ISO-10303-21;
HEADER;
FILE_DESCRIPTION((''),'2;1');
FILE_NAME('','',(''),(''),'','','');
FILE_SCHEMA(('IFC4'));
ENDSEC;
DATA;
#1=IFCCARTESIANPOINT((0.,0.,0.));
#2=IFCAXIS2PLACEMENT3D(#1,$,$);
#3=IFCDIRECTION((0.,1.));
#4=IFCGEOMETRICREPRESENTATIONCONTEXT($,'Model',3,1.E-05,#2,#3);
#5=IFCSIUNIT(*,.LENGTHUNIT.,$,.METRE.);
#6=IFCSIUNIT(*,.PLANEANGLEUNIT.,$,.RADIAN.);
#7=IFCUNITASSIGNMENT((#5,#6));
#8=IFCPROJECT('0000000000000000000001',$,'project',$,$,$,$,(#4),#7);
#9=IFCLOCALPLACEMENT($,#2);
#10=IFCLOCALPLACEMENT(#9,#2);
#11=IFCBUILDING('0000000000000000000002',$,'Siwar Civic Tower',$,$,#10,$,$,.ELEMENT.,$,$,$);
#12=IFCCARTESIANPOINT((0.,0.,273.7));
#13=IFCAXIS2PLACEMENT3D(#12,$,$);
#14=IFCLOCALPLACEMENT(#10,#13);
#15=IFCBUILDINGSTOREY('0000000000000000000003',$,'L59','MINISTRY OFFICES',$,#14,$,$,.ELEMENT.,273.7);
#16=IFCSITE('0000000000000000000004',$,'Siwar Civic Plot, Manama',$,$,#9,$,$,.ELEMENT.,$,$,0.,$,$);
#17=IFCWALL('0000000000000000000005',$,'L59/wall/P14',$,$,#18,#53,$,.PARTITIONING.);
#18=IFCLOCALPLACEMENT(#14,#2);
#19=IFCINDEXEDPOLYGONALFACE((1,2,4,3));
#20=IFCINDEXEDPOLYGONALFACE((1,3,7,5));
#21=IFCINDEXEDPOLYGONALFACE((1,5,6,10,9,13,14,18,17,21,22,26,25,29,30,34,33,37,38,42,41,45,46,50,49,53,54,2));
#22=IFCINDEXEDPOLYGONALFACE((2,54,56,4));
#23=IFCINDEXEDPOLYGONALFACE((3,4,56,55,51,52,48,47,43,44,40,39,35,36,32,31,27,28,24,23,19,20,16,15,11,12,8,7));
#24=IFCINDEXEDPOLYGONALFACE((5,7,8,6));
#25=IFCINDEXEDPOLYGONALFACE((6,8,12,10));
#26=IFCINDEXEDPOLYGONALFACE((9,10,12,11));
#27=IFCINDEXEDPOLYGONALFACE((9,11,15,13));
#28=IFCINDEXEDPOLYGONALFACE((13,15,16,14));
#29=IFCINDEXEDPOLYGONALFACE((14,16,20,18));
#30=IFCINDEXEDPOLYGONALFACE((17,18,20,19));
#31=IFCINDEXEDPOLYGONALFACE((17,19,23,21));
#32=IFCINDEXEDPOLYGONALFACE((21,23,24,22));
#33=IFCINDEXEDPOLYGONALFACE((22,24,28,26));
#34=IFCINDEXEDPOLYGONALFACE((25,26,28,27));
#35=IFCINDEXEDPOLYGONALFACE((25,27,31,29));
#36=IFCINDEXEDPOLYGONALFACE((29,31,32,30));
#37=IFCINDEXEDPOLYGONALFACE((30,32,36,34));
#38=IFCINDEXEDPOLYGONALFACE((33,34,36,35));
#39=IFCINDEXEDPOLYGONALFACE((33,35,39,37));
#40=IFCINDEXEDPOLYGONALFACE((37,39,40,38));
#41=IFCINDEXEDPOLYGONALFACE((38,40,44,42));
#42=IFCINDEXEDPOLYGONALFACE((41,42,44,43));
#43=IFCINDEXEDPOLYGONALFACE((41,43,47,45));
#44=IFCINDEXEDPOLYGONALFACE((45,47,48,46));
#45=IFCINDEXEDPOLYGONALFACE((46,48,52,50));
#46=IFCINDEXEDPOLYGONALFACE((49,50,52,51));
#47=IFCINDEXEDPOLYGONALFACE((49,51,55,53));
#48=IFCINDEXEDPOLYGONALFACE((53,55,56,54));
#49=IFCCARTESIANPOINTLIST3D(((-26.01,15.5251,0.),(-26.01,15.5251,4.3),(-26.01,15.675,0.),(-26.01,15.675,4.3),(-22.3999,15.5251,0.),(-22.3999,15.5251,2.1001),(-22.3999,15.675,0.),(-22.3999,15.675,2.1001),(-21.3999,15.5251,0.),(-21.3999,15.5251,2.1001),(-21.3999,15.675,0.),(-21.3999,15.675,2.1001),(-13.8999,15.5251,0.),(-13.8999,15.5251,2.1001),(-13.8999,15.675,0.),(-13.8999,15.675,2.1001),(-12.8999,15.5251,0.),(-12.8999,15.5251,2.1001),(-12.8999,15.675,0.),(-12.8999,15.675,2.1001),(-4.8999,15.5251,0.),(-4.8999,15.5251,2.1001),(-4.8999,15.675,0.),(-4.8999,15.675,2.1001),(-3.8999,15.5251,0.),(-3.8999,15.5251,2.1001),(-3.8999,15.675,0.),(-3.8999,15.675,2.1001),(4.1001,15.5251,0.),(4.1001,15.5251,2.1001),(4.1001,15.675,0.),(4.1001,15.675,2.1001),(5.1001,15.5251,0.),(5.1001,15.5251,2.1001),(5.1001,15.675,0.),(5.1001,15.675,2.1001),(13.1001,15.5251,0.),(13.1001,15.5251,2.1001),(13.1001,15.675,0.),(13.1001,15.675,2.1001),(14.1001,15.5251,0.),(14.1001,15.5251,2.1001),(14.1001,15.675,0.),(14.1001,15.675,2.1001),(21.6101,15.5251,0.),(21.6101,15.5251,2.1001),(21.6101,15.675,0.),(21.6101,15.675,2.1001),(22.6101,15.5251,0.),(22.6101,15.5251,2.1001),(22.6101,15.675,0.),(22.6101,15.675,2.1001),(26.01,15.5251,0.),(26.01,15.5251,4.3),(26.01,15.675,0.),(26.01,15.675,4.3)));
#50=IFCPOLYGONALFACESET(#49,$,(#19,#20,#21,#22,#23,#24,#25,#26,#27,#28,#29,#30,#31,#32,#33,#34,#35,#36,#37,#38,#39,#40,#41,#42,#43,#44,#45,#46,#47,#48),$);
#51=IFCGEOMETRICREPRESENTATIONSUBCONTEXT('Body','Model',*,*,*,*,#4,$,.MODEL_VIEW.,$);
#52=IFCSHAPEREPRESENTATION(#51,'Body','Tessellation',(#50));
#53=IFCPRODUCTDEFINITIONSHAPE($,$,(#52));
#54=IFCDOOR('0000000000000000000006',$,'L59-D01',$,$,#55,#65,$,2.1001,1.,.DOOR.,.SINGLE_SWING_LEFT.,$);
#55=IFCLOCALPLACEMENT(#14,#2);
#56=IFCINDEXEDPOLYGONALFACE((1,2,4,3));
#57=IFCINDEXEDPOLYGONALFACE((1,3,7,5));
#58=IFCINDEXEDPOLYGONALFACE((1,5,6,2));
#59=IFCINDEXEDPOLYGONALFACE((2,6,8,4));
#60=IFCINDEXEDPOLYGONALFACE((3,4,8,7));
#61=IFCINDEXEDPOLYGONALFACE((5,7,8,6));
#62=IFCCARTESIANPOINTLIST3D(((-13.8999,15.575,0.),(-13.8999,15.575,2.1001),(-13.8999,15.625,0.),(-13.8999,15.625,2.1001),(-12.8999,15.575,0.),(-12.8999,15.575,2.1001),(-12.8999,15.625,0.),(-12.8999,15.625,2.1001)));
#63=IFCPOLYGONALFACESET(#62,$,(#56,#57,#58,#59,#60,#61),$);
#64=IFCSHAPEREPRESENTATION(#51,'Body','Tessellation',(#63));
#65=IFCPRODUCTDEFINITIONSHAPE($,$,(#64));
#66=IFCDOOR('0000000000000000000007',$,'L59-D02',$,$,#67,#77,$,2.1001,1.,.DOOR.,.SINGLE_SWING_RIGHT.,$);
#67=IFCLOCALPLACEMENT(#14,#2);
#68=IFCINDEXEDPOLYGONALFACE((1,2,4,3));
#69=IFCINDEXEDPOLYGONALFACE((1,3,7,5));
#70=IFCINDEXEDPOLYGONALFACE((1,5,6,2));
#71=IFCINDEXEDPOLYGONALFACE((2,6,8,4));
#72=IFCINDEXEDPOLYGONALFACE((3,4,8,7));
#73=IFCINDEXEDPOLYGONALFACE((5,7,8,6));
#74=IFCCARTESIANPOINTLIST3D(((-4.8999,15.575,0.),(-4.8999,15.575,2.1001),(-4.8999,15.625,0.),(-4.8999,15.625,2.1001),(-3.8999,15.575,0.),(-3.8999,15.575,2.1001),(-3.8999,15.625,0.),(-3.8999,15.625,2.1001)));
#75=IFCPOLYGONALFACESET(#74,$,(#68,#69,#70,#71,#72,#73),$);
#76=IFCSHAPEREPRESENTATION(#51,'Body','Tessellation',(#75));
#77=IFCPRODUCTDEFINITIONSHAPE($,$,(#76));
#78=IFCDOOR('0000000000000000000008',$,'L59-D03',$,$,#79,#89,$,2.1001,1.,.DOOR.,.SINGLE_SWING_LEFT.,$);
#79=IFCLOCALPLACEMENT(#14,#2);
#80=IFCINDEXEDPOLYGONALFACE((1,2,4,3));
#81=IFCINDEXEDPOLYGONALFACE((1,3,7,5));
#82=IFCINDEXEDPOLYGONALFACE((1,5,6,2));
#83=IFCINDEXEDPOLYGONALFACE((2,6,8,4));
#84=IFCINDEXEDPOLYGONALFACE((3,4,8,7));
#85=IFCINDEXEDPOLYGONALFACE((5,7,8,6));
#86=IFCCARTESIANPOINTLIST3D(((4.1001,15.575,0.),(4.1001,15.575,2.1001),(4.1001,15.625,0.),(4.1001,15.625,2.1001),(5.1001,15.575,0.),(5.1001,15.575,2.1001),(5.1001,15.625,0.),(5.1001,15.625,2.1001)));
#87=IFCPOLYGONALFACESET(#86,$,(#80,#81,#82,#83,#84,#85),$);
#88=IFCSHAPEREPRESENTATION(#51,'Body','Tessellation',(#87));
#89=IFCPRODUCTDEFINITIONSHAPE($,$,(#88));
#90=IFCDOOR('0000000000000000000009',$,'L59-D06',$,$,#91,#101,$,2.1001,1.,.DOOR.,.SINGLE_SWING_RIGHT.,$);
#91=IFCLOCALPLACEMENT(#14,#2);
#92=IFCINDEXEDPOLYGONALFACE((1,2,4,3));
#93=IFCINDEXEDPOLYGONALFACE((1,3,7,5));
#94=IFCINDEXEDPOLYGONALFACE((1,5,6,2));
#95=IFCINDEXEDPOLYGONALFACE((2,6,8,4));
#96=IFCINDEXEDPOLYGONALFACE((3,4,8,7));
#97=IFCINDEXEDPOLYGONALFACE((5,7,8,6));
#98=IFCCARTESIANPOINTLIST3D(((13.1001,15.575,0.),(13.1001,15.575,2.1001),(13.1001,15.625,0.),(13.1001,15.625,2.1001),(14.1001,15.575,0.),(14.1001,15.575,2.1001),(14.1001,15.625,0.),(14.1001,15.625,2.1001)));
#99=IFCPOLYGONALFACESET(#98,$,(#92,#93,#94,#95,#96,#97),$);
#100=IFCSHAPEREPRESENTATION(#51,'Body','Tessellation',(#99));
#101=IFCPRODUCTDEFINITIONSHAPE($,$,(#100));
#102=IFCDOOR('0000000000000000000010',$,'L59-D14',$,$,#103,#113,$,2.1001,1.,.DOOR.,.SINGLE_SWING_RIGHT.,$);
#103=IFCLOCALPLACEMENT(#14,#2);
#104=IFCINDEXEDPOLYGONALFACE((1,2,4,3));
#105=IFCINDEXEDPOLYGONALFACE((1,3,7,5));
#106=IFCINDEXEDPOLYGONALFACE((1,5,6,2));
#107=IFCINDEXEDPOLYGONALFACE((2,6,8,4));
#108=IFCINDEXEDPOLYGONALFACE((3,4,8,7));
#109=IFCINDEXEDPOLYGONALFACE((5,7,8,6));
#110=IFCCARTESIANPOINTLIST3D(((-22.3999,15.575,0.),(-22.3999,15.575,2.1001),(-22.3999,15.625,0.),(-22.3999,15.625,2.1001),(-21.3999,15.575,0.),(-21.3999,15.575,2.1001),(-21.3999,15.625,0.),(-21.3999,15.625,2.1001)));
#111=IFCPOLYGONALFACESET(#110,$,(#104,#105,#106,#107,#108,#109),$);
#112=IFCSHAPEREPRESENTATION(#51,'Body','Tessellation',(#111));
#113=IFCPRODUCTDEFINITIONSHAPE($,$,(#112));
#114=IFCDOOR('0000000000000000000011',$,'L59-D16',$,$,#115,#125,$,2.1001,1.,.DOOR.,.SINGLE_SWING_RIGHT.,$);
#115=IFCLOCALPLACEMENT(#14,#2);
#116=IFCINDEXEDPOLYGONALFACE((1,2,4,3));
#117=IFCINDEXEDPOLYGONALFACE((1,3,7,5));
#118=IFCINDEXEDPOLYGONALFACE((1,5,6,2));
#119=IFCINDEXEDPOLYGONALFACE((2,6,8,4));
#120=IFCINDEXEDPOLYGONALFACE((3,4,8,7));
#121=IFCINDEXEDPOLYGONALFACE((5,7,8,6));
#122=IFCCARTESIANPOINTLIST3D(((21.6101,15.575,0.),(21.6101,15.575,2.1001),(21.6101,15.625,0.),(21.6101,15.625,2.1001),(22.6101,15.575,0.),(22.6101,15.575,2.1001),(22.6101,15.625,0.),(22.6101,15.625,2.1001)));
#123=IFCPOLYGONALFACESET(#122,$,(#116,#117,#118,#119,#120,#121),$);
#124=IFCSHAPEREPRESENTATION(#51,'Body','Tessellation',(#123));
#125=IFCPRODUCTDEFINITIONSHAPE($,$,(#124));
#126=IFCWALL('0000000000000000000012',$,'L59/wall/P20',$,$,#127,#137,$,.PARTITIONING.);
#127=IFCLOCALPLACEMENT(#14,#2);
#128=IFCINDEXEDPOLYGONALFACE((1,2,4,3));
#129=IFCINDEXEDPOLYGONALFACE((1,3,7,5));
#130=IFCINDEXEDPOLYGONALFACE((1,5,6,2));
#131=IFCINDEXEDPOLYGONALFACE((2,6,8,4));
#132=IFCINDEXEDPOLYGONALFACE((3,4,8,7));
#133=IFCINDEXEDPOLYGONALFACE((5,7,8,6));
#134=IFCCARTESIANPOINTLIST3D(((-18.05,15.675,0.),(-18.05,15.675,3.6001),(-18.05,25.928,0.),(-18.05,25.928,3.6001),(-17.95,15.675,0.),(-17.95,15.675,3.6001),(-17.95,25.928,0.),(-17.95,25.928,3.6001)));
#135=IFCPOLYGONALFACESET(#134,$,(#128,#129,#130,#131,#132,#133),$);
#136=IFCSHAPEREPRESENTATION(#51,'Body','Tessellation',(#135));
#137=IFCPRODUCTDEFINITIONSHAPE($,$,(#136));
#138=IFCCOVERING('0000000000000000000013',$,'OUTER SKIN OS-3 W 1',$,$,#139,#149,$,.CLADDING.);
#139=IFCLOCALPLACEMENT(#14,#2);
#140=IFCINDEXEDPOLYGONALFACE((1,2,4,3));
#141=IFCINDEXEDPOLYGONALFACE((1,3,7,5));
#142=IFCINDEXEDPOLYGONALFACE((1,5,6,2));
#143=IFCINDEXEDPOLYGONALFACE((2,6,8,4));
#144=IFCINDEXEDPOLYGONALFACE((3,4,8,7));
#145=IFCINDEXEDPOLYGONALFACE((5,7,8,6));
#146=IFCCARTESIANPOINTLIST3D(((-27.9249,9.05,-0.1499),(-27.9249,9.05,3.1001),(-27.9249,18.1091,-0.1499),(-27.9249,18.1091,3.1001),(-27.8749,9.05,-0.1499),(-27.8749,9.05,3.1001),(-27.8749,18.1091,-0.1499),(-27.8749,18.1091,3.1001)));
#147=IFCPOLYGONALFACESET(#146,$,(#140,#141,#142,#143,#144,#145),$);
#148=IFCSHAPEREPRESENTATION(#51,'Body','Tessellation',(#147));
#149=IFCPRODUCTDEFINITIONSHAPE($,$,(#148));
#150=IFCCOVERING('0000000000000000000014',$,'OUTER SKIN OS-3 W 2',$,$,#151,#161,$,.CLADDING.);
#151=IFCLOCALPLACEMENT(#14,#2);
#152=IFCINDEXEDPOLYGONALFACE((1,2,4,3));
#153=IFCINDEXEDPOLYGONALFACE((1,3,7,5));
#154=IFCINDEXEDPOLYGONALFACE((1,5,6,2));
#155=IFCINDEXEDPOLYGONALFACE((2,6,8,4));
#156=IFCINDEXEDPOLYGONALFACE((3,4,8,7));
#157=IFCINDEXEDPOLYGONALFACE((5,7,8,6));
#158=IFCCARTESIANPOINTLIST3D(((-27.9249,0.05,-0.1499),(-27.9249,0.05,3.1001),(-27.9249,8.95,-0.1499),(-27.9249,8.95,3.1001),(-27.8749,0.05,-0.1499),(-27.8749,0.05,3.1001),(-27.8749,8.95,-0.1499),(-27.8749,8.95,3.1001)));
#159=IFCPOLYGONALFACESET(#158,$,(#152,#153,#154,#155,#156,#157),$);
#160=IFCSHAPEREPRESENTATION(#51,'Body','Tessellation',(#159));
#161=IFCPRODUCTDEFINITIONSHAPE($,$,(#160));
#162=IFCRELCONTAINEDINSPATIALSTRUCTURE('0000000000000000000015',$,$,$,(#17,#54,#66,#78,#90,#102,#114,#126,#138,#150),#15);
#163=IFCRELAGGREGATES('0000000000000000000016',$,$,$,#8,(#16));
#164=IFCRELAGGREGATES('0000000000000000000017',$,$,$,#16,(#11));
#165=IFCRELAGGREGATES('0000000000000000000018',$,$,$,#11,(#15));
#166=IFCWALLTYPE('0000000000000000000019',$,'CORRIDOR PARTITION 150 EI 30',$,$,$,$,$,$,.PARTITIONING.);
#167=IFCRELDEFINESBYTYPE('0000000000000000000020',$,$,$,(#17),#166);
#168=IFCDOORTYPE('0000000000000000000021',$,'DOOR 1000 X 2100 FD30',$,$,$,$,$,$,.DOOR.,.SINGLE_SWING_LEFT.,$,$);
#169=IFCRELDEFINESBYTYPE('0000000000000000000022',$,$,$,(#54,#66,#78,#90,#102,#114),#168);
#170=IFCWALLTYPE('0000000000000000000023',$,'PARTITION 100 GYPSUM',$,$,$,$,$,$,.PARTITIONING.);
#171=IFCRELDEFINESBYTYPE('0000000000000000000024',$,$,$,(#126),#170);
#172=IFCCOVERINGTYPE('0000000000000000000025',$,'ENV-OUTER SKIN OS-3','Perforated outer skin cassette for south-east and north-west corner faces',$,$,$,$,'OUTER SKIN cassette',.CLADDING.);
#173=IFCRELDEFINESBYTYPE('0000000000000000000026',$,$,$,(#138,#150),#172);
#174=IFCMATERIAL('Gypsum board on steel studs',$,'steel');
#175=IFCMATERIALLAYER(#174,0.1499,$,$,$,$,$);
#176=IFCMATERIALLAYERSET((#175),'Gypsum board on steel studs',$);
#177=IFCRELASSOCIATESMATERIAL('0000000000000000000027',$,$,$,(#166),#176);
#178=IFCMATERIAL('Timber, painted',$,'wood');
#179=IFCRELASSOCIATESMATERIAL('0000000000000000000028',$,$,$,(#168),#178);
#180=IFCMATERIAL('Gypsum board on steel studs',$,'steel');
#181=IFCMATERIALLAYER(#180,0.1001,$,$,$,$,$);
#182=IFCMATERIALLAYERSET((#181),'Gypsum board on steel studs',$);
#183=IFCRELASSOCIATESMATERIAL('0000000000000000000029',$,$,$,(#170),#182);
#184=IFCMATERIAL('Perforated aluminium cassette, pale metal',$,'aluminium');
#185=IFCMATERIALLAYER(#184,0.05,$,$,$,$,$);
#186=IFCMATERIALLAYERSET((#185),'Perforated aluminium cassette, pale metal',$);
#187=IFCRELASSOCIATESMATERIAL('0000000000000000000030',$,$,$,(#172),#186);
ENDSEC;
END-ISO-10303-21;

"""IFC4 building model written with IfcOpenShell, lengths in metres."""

from ifc_helpers import new_model, si_unit, direction, frame, frame_2d, origin, origin_2d, place, context, subcontext, project, spatial, rectangle, extrude, material, layer, layer_set, type_object, element, fill, save


model = new_model("IFC4")

# Units and contexts
model_context = context("Model", 3, precision=1e-05, world=origin(), true_north=direction((0.0, 1.0)))
body_context = subcontext(model_context, "Body", "Model", "MODEL_VIEW")
ifc_project = project(units=[si_unit("LENGTHUNIT", "METRE"), si_unit("PLANEANGLEUNIT", "RADIAN")], contexts=[model_context])

# Site, building, storey
site_placement = place(None, origin())
site = spatial("IfcSite", under=ifc_project, at=site_placement, Name="Siwar Civic Plot, Manama", CompositionType="ELEMENT", RefElevation=0.0)
building_placement = place(site_placement, origin())
building = spatial("IfcBuilding", under=site, at=building_placement, Name="Siwar Civic Tower", CompositionType="ELEMENT")
storey_placement = place(building_placement, frame((0.0, 0.0, 273.7)))
storey = spatial("IfcBuildingStorey", under=building, at=storey_placement, Name="L59", Description="MINISTRY OFFICES", CompositionType="ELEMENT", Elevation=273.7)

# Shared definitions
ifc_material_1 = material(Name="Gypsum board on steel studs", Category="steel")
ifc_layer_1 = layer(ifc_material_1, 0.1499)
ifc_layer_set_1 = layer_set([ifc_layer_1], Name="Gypsum board on steel studs")
wall_type_1 = type_object("IfcWallType", Name="CORRIDOR PARTITION 150 EI 30", PredefinedType="PARTITIONING", material=ifc_layer_set_1)

# Wall, openings, doors
wall_1_placement = place(storey_placement, frame((-26.01, 15.6001, 0.0), z_axis=(0.0, 0.0, 1.0), x_axis=(1.0, 0.0, 0.0)))
wall_1 = element("IfcWall", 1, at=wall_1_placement, inside=storey, type_object=wall_type_1, Name="L59/wall/P14", PredefinedType="PARTITIONING", context=body_context, shape_type="SweptSolid", body=[
    extrude(rectangle(XDim=52.02, YDim=0.1499, at=frame_2d((26.01, 0.0))), origin(), (0.0, 0.0, 1.0), 4.3),
])
opening_1_placement = place(wall_1_placement, frame((12.1101, 0.0, 0.0)))
opening_1 = element("IfcOpeningElement", 2, at=opening_1_placement, cuts=wall_1, PredefinedType="OPENING", context=body_context, shape_type="SweptSolid", body=[
    extrude(rectangle(XDim=1.0, YDim=2.1001, at=frame_2d((0.5, 1.05))), frame((0.0, 0.085, 0.0), z_axis=(0.0, -1.0, 0.0), x_axis=(1.0, 0.0, 0.0)), (0.0, 0.0, 1.0), 0.1699),
])
opening_2_placement = place(wall_1_placement, frame((21.1101, 0.0, 0.0)))
opening_2 = element("IfcOpeningElement", 3, at=opening_2_placement, cuts=wall_1, PredefinedType="OPENING", context=body_context, shape_type="SweptSolid", body=[
    extrude(rectangle(XDim=1.0, YDim=2.1001, at=frame_2d((0.5, 1.05))), frame((0.0, 0.085, 0.0), z_axis=(0.0, -1.0, 0.0), x_axis=(1.0, 0.0, 0.0)), (0.0, 0.0, 1.0), 0.1699),
])
opening_3_placement = place(wall_1_placement, frame((30.1101, 0.0, 0.0)))
opening_3 = element("IfcOpeningElement", 4, at=opening_3_placement, cuts=wall_1, PredefinedType="OPENING", context=body_context, shape_type="SweptSolid", body=[
    extrude(rectangle(XDim=1.0, YDim=2.1001, at=frame_2d((0.5, 1.05))), frame((0.0, 0.085, 0.0), z_axis=(0.0, -1.0, 0.0), x_axis=(1.0, 0.0, 0.0)), (0.0, 0.0, 1.0), 0.1699),
])
opening_4_placement = place(wall_1_placement, frame((39.1101, 0.0, 0.0)))
opening_4 = element("IfcOpeningElement", 5, at=opening_4_placement, cuts=wall_1, PredefinedType="OPENING", context=body_context, shape_type="SweptSolid", body=[
    extrude(rectangle(XDim=1.0, YDim=2.1001, at=frame_2d((0.5, 1.05))), frame((0.0, 0.085, 0.0), z_axis=(0.0, -1.0, 0.0), x_axis=(1.0, 0.0, 0.0)), (0.0, 0.0, 1.0), 0.1699),
])
opening_5_placement = place(wall_1_placement, frame((3.6101, 0.0, 0.0)))
opening_5 = element("IfcOpeningElement", 6, at=opening_5_placement, cuts=wall_1, PredefinedType="OPENING", context=body_context, shape_type="SweptSolid", body=[
    extrude(rectangle(XDim=1.0, YDim=2.1001, at=frame_2d((0.5, 1.05))), frame((0.0, 0.085, 0.0), z_axis=(0.0, -1.0, 0.0), x_axis=(1.0, 0.0, 0.0)), (0.0, 0.0, 1.0), 0.1699),
])
opening_6_placement = place(wall_1_placement, frame((47.6201, 0.0, 0.0)))
opening_6 = element("IfcOpeningElement", 7, at=opening_6_placement, cuts=wall_1, PredefinedType="OPENING", context=body_context, shape_type="SweptSolid", body=[
    extrude(rectangle(XDim=1.0, YDim=2.1001, at=frame_2d((0.5, 1.05))), frame((0.0, 0.085, 0.0), z_axis=(0.0, -1.0, 0.0), x_axis=(1.0, 0.0, 0.0)), (0.0, 0.0, 1.0), 0.1699),
])
ifc_material_2 = material(Name="Timber, painted", Category="wood")
door_type = type_object("IfcDoorType", Name="DOOR 1000 X 2100 FD30", OperationType="SINGLE_SWING_LEFT", PredefinedType="DOOR", material=ifc_material_2)
door_1_placement = place(opening_1_placement, origin())
door_1 = element("IfcDoor", 8, at=door_1_placement, inside=storey, type_object=door_type, Name="L59-D01", OperationType="SINGLE_SWING_LEFT", OverallHeight=2.1001, OverallWidth=1.0, PredefinedType="DOOR", context=body_context, shape_type="SweptSolid", body=[
    extrude(rectangle(XDim=1.0, YDim=2.1001, at=frame_2d((0.5, 1.05))), frame((0.0, 0.0249, 0.0), z_axis=(0.0, -1.0, 0.0), x_axis=(1.0, 0.0, 0.0)), (0.0, 0.0, 1.0), 0.05),
])
fill(opening_1, door_1)
door_2_placement = place(opening_2_placement, origin())
door_2 = element("IfcDoor", 9, at=door_2_placement, inside=storey, type_object=door_type, Name="L59-D02", OperationType="SINGLE_SWING_RIGHT", OverallHeight=2.1001, OverallWidth=1.0, PredefinedType="DOOR", context=body_context, shape_type="SweptSolid", body=[
    extrude(rectangle(XDim=1.0, YDim=2.1001, at=frame_2d((0.5, 1.05))), frame((0.0, 0.0249, 0.0), z_axis=(0.0, -1.0, 0.0), x_axis=(1.0, 0.0, 0.0)), (0.0, 0.0, 1.0), 0.05),
])
fill(opening_2, door_2)
door_3_placement = place(opening_3_placement, origin())
door_3 = element("IfcDoor", 10, at=door_3_placement, inside=storey, type_object=door_type, Name="L59-D03", OperationType="SINGLE_SWING_LEFT", OverallHeight=2.1001, OverallWidth=1.0, PredefinedType="DOOR", context=body_context, shape_type="SweptSolid", body=[
    extrude(rectangle(XDim=1.0, YDim=2.1001, at=frame_2d((0.5, 1.05))), frame((0.0, 0.0249, 0.0), z_axis=(0.0, -1.0, 0.0), x_axis=(1.0, 0.0, 0.0)), (0.0, 0.0, 1.0), 0.05),
])
fill(opening_3, door_3)
door_4_placement = place(opening_4_placement, origin())
door_4 = element("IfcDoor", 11, at=door_4_placement, inside=storey, type_object=door_type, Name="L59-D06", OperationType="SINGLE_SWING_RIGHT", OverallHeight=2.1001, OverallWidth=1.0, PredefinedType="DOOR", context=body_context, shape_type="SweptSolid", body=[
    extrude(rectangle(XDim=1.0, YDim=2.1001, at=frame_2d((0.5, 1.05))), frame((0.0, 0.0249, 0.0), z_axis=(0.0, -1.0, 0.0), x_axis=(1.0, 0.0, 0.0)), (0.0, 0.0, 1.0), 0.05),
])
fill(opening_4, door_4)
door_5_placement = place(opening_5_placement, origin())
door_5 = element("IfcDoor", 12, at=door_5_placement, inside=storey, type_object=door_type, Name="L59-D14", OperationType="SINGLE_SWING_RIGHT", OverallHeight=2.1001, OverallWidth=1.0, PredefinedType="DOOR", context=body_context, shape_type="SweptSolid", body=[
    extrude(rectangle(XDim=1.0, YDim=2.1001, at=frame_2d((0.5, 1.05))), frame((0.0, 0.0249, 0.0), z_axis=(0.0, -1.0, 0.0), x_axis=(1.0, 0.0, 0.0)), (0.0, 0.0, 1.0), 0.05),
])
fill(opening_5, door_5)
door_6_placement = place(opening_6_placement, origin())
door_6 = element("IfcDoor", 13, at=door_6_placement, inside=storey, type_object=door_type, Name="L59-D16", OperationType="SINGLE_SWING_RIGHT", OverallHeight=2.1001, OverallWidth=1.0, PredefinedType="DOOR", context=body_context, shape_type="SweptSolid", body=[
    extrude(rectangle(XDim=1.0, YDim=2.1001, at=frame_2d((0.5, 1.05))), frame((0.0, 0.0249, 0.0), z_axis=(0.0, -1.0, 0.0), x_axis=(1.0, 0.0, 0.0)), (0.0, 0.0, 1.0), 0.05),
])
fill(opening_6, door_6)

# Wall
ifc_material_3 = material(Name="Gypsum board on steel studs", Category="steel")
ifc_layer_2 = layer(ifc_material_3, 0.1001)
ifc_layer_set_2 = layer_set([ifc_layer_2], Name="Gypsum board on steel studs")
wall_type_2 = type_object("IfcWallType", Name="PARTITION 100 GYPSUM", PredefinedType="PARTITIONING", material=ifc_layer_set_2)
wall_2_placement = place(storey_placement, frame((-18.0, 15.675, 0.0), z_axis=(0.0, 0.0, 1.0), x_axis=(0.0, 1.0, 0.0)))
element("IfcWall", 14, at=wall_2_placement, inside=storey, type_object=wall_type_2, Name="L59/wall/P20", PredefinedType="PARTITIONING", context=body_context, shape_type="SweptSolid", body=[
    extrude(rectangle(XDim=10.2529, YDim=0.1001, at=frame_2d((5.1265, 0.0))), origin(), (0.0, 0.0, 1.0), 3.6001),
])

# Coverings
ifc_material_4 = material(Name="Perforated aluminium cassette, pale metal", Category="aluminium")
ifc_layer_3 = layer(ifc_material_4, 0.05)
ifc_layer_set_3 = layer_set([ifc_layer_3], Name="Perforated aluminium cassette, pale metal")
covering_type = type_object("IfcCoveringType", Name="ENV-OUTER SKIN OS-3", Description="Perforated outer skin cassette for south-east and north-west corner faces", ElementType="OUTER SKIN cassette", PredefinedType="CLADDING", material=ifc_layer_set_3)
covering_1_placement = place(storey_placement, frame((-27.8999, 13.5796, -0.1499), z_axis=(0.0, 0.0, 1.0), x_axis=(0.0, -1.0, 0.0)))
element("IfcCovering", 15, at=covering_1_placement, inside=storey, type_object=covering_type, Name="OUTER SKIN OS-3 W 1", PredefinedType="CLADDING", context=body_context, shape_type="SweptSolid", body=[
    extrude(rectangle(XDim=9.0591, YDim=0.05, at=origin_2d()), origin(), (0.0, 0.0, 1.0), 3.25),
])
covering_2_placement = place(storey_placement, frame((-27.8999, 4.5, -0.1499), z_axis=(0.0, 0.0, 1.0), x_axis=(0.0, -1.0, 0.0)))
element("IfcCovering", 16, at=covering_2_placement, inside=storey, type_object=covering_type, Name="OUTER SKIN OS-3 W 2", PredefinedType="CLADDING", context=body_context, shape_type="SweptSolid", body=[
    extrude(rectangle(XDim=8.8999, YDim=0.05, at=origin_2d()), origin(), (0.0, 0.0, 1.0), 3.25),
])

save(model, "model.ifc")
